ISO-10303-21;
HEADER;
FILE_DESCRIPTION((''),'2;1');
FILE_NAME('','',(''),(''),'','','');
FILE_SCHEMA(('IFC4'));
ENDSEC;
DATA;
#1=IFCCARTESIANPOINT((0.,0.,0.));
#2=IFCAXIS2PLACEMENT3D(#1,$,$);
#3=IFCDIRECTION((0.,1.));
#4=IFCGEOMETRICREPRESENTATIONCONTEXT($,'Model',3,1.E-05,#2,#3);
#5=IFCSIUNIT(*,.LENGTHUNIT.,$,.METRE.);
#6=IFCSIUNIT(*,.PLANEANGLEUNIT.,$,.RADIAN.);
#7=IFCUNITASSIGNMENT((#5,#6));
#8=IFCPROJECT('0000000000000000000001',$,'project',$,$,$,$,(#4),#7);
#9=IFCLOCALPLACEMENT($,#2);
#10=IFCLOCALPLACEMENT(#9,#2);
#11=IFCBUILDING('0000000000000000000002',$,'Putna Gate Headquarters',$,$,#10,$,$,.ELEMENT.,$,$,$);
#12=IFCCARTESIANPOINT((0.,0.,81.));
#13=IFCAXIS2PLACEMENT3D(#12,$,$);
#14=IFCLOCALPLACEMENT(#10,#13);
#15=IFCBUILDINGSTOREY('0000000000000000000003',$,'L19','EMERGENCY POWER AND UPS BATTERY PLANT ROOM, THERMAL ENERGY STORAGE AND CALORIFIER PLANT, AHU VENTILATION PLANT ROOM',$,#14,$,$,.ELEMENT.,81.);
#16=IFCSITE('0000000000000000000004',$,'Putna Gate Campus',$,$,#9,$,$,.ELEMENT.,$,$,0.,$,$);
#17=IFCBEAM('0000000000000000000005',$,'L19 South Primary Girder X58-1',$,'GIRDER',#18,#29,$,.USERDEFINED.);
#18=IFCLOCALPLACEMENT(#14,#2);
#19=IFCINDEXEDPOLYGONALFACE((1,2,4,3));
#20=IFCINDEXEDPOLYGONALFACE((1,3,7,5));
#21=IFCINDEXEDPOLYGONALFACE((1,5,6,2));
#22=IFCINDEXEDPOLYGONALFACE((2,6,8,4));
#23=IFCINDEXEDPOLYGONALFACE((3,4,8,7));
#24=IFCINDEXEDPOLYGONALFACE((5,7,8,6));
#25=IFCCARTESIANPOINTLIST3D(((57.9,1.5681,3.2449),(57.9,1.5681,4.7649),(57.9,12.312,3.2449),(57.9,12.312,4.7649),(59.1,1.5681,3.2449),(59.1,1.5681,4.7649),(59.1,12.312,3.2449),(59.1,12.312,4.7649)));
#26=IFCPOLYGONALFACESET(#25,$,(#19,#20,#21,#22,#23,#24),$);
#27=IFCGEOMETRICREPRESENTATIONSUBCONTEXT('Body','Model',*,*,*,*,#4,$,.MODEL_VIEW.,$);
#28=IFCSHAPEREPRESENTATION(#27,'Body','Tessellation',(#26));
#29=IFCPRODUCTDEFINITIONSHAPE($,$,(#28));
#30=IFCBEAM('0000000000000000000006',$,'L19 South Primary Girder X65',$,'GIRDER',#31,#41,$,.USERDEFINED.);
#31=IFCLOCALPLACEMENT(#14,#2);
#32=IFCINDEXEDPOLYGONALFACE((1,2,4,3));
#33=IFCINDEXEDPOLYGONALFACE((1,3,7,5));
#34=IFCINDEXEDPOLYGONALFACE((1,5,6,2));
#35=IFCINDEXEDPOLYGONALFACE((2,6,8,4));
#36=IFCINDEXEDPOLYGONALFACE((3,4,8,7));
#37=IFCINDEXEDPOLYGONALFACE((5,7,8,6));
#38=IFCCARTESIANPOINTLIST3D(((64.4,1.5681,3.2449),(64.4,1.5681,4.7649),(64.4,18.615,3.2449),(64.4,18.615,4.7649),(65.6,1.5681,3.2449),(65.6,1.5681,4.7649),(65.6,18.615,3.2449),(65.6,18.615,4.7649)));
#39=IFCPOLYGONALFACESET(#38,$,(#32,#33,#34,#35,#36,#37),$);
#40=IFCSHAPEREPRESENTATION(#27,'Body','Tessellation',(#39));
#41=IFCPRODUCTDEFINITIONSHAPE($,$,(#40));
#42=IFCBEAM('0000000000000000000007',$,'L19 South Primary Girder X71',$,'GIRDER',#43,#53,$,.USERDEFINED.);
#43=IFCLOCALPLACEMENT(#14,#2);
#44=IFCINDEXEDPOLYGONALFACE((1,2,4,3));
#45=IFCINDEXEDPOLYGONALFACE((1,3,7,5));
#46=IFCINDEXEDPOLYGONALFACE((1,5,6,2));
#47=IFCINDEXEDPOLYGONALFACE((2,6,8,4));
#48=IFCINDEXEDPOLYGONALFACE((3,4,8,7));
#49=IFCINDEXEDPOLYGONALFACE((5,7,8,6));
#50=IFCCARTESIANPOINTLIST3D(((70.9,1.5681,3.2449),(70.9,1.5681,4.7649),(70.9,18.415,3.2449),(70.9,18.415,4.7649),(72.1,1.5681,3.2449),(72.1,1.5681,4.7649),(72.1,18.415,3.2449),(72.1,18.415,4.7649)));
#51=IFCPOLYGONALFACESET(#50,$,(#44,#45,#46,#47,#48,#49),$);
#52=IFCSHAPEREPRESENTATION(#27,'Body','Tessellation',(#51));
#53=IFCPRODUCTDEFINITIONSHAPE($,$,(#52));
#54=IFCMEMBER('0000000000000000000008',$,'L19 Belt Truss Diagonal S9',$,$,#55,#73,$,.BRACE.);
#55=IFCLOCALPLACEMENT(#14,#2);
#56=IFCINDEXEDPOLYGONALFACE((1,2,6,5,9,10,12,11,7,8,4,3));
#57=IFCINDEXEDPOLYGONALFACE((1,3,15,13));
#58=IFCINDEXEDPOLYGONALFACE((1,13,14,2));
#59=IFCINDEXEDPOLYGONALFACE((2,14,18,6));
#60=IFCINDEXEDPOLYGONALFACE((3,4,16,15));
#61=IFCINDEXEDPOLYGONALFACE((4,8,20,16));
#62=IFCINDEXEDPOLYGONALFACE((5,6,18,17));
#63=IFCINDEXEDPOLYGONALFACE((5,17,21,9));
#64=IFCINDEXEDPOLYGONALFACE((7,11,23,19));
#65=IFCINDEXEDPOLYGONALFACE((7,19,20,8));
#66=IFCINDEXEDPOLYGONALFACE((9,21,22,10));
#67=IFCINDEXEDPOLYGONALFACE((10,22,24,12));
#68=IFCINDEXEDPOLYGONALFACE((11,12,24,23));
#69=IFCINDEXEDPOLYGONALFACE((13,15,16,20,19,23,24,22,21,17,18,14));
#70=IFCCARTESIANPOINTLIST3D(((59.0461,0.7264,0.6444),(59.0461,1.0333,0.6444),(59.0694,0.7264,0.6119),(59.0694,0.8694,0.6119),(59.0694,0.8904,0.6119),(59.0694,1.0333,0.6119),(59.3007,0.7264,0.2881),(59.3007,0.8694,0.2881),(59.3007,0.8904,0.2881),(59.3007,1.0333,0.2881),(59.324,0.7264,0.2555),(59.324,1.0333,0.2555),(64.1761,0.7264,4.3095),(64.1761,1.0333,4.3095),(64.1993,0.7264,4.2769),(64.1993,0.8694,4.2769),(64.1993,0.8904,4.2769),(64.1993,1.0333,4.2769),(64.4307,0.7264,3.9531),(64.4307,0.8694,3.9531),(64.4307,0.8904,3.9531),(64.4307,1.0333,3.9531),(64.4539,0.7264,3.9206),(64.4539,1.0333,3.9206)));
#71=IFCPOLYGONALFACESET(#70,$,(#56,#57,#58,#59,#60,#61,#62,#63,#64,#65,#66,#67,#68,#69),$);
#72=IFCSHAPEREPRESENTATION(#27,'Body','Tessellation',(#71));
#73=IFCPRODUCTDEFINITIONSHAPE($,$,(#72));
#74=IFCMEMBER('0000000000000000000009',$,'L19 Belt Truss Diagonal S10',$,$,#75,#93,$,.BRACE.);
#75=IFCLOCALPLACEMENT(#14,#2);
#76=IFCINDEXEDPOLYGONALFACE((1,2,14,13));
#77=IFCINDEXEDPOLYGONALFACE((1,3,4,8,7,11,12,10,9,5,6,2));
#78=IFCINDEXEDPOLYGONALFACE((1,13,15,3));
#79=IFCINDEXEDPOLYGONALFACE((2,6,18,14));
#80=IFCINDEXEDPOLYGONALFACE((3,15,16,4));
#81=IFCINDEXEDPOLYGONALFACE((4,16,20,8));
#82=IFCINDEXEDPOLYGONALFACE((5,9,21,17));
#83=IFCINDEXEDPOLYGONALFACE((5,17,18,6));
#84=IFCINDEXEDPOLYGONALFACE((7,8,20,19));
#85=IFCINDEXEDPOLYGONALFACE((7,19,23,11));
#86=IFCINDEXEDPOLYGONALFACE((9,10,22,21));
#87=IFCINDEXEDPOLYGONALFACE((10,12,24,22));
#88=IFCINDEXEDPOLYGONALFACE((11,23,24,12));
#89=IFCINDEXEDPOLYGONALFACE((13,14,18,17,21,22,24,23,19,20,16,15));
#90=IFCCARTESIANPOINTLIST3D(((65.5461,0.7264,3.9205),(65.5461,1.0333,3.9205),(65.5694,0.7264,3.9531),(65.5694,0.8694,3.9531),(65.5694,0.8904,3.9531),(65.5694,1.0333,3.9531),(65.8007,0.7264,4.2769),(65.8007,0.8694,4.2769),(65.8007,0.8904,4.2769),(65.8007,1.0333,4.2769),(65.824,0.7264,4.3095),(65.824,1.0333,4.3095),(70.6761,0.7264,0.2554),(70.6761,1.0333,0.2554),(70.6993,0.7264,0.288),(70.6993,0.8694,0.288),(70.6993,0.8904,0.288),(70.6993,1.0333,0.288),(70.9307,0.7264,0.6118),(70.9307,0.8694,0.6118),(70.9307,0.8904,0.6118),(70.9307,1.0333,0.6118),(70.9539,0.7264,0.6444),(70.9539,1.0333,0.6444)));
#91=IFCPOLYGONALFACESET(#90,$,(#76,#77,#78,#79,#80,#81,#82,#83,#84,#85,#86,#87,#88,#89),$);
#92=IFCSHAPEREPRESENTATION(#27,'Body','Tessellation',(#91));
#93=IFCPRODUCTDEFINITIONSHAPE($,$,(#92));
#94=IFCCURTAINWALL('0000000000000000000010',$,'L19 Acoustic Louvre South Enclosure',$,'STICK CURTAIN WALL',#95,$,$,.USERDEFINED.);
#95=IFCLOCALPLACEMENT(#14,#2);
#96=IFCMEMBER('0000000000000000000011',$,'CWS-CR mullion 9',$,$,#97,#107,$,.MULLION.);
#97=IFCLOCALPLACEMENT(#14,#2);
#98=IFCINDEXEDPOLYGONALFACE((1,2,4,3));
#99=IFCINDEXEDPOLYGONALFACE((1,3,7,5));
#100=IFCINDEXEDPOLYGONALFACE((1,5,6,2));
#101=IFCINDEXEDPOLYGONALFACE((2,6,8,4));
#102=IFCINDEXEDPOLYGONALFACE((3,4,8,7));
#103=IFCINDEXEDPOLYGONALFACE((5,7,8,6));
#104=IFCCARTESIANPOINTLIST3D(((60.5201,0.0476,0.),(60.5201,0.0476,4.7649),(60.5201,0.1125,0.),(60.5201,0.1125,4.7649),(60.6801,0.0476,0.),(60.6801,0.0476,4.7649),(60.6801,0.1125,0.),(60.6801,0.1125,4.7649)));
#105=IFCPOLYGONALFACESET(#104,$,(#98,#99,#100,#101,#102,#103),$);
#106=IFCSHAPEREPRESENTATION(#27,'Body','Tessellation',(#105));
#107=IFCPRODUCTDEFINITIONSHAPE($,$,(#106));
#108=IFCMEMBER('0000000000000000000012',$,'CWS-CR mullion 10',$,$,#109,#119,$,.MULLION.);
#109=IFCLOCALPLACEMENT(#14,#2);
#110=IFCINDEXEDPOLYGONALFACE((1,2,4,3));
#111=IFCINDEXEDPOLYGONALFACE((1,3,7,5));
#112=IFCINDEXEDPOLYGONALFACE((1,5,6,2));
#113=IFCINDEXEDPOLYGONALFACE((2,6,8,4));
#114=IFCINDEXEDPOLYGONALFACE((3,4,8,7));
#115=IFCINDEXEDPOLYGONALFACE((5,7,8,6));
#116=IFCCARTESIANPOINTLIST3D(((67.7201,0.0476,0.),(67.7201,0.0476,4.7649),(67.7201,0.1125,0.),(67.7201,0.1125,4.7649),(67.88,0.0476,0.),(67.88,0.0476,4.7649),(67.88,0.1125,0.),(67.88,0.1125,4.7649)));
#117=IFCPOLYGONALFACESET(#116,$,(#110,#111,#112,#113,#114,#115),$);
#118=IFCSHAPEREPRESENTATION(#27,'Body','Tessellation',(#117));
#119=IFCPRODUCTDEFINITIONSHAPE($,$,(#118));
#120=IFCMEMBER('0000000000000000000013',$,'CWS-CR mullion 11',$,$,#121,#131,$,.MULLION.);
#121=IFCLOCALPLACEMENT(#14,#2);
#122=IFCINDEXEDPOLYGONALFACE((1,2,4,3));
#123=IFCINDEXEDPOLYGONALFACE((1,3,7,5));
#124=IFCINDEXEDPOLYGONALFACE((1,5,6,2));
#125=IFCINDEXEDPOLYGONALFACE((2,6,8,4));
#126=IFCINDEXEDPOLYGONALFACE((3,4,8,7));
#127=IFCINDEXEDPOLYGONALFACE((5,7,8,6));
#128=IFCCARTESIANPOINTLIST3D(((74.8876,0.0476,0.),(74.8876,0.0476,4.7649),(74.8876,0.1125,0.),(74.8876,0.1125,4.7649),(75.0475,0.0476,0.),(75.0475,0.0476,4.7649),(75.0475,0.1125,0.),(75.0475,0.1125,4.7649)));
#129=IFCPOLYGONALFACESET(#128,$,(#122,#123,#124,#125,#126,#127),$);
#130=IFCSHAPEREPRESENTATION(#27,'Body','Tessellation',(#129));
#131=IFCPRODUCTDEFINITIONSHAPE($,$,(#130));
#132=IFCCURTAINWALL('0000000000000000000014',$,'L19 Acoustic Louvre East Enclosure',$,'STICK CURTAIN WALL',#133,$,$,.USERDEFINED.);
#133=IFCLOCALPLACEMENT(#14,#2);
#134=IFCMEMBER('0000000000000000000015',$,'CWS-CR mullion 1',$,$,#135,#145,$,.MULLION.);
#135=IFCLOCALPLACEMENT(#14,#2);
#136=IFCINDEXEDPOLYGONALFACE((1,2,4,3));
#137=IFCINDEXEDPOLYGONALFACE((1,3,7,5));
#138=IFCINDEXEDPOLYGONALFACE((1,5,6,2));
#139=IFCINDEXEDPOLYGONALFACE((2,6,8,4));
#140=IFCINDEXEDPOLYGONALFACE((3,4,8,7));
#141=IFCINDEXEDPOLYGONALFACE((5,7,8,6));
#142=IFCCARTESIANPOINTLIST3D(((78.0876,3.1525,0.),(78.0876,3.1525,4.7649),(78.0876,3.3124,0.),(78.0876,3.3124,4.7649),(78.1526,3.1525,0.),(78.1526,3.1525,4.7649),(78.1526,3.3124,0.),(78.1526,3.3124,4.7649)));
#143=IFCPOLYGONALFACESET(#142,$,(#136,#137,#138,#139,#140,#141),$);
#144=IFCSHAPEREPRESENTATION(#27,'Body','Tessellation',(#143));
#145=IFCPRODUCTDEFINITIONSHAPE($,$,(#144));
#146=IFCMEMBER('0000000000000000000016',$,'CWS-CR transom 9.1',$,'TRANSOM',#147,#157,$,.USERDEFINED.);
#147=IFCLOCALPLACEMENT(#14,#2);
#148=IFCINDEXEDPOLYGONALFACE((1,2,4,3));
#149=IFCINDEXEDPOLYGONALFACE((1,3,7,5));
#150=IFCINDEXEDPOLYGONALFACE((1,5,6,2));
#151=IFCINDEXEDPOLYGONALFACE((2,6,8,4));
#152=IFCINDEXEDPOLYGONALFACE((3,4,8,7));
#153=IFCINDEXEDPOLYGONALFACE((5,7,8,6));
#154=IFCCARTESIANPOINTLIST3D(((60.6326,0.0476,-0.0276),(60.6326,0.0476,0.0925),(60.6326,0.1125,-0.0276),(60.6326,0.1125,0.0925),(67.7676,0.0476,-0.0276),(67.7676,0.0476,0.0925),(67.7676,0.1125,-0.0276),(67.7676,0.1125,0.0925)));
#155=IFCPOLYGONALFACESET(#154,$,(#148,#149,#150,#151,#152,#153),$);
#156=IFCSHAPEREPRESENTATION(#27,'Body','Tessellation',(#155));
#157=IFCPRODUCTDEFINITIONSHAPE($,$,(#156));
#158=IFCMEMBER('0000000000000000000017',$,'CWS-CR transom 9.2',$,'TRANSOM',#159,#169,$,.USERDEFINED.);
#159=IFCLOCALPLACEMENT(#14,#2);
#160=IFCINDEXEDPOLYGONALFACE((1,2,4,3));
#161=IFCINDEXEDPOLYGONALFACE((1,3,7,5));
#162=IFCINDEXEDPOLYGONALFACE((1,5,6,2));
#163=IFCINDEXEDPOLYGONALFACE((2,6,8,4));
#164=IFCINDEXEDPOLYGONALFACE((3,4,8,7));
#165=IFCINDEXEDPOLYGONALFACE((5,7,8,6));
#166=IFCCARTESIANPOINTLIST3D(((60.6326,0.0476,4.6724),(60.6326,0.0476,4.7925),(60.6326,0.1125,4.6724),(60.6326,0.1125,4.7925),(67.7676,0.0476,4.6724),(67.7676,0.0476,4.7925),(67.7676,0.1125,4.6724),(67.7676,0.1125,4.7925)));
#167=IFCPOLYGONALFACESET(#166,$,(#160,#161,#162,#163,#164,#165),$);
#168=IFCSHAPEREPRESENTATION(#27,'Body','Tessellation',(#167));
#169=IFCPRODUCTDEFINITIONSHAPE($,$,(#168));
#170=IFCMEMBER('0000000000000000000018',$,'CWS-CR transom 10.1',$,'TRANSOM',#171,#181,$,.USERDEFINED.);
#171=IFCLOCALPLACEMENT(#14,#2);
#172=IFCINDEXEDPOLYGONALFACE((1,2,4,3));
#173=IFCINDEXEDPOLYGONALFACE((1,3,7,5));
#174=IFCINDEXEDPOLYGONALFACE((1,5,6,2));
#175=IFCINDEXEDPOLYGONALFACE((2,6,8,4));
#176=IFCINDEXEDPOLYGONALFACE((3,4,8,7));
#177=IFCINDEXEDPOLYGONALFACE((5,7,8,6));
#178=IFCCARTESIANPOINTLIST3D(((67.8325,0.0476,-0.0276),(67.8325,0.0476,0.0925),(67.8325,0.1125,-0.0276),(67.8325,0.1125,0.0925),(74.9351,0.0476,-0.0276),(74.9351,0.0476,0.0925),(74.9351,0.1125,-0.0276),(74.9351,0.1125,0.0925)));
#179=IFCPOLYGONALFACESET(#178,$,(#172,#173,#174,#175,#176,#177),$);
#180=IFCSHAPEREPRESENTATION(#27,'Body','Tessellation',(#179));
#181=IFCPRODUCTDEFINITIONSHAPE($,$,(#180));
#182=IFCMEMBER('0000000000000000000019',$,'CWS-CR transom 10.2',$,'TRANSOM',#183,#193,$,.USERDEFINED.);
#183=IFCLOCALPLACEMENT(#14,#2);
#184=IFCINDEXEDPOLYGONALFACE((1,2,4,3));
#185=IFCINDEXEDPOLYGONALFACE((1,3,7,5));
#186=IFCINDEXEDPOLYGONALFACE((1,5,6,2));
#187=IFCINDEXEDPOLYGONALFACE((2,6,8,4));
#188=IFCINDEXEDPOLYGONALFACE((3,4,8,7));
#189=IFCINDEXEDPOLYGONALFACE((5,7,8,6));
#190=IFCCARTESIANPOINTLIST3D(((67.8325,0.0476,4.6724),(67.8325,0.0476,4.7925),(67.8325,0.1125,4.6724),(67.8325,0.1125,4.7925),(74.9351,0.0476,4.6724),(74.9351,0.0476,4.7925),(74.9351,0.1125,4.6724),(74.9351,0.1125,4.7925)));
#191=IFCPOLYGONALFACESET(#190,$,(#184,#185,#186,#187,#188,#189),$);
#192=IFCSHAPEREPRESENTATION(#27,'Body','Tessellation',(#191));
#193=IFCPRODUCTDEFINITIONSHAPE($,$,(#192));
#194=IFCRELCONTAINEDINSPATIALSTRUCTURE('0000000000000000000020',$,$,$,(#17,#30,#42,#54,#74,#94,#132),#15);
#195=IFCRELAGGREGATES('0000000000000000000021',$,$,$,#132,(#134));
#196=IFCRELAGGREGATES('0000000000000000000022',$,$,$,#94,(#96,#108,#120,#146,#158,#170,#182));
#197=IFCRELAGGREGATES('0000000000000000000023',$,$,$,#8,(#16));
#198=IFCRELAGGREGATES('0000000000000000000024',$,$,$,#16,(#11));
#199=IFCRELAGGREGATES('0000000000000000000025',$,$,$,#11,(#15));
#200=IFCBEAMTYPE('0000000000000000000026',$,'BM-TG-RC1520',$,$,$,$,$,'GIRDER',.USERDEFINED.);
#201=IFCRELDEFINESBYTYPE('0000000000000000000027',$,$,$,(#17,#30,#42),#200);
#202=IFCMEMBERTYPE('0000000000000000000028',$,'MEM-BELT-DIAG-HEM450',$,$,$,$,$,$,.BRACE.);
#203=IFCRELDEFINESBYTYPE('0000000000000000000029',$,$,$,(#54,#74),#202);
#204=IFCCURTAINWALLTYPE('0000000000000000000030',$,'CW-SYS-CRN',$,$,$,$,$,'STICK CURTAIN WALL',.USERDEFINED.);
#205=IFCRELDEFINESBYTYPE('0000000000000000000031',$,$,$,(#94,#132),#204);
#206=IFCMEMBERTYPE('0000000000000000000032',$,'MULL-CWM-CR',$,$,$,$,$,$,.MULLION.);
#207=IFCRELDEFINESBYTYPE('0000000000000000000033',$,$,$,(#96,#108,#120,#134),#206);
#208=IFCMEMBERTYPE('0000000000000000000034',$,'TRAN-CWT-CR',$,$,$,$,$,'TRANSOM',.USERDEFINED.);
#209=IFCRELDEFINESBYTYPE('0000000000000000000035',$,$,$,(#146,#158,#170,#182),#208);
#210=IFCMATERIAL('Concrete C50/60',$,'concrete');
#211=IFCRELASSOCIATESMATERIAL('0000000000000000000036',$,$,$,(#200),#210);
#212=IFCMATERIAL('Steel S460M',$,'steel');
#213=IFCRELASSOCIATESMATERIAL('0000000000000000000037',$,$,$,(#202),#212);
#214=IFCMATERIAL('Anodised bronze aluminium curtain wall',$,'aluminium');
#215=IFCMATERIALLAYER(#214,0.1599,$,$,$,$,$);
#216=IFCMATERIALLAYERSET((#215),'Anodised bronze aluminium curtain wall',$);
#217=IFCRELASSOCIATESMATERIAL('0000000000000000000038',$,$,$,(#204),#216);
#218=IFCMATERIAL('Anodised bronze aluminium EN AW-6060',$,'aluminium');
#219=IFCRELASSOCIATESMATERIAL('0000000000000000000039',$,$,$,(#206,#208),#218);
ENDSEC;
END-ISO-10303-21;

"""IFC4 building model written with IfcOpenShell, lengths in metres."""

from ifc_helpers import new_model, si_unit, direction, frame, origin, origin_2d, place, context, subcontext, project, spatial, rectangle, i_section, extrude, material, layer, layer_set, material_profile, profile_set, type_object, element, aggregate, save


model = new_model("IFC4")

# Units and contexts
model_context = context("Model", 3, precision=1e-05, world=origin(), true_north=direction((0.0, 1.0)))
body_context = subcontext(model_context, "Body", "Model", "MODEL_VIEW")
ifc_project = project(units=[si_unit("LENGTHUNIT", "METRE"), si_unit("PLANEANGLEUNIT", "RADIAN")], contexts=[model_context])

# Site, building, storey
site_placement = place(None, origin())
site = spatial("IfcSite", under=ifc_project, at=site_placement, Name="Putna Gate Campus", CompositionType="ELEMENT", RefElevation=0.0)
building_placement = place(site_placement, origin())
building = spatial("IfcBuilding", under=site, at=building_placement, Name="Putna Gate Headquarters", CompositionType="ELEMENT")
storey_placement = place(building_placement, frame((0.0, 0.0, 81.0)))
storey = spatial("IfcBuildingStorey", under=building, at=storey_placement, Name="L19", Description="EMERGENCY POWER AND UPS BATTERY PLANT ROOM, THERMAL ENERGY STORAGE AND CALORIFIER PLANT, AHU VENTILATION PLANT ROOM", CompositionType="ELEMENT", Elevation=81.0)

# Beams
ifc_material_1 = material(Name="Concrete C50/60", Category="concrete")
ifc_material_profile_1 = material_profile(ifc_material_1, rectangle(XDim=1.2, YDim=1.52, at=origin_2d()), Name="Concrete C50/60")
ifc_profile_set_1 = profile_set([ifc_material_profile_1], Name="Concrete C50/60")
beam_type_1 = type_object("IfcBeamType", Name="BM-TG-RC1520", ElementType="GIRDER", PredefinedType="USERDEFINED", material=ifc_profile_set_1)
beam_1_placement = place(storey_placement, frame((58.5, 1.5681, 4.0049), z_axis=(0.0, 1.0, 0.0), x_axis=(-1.0, 0.0, 0.0)))
element("IfcBeam", 1, at=beam_1_placement, inside=storey, type_object=beam_type_1, Name="L19 South Primary Girder X58-1", ObjectType="GIRDER", PredefinedType="USERDEFINED", context=body_context, shape_type="SweptSolid", body=[
    extrude(rectangle(XDim=1.2, YDim=1.52, at=origin_2d()), origin(), (0.0, 0.0, 1.0), 10.7439),
])
beam_2_placement = place(storey_placement, frame((65.0, 1.5681, 4.0049), z_axis=(0.0, 1.0, 0.0), x_axis=(-1.0, 0.0, 0.0)))
element("IfcBeam", 2, at=beam_2_placement, inside=storey, type_object=beam_type_1, Name="L19 South Primary Girder X65", ObjectType="GIRDER", PredefinedType="USERDEFINED", context=body_context, shape_type="SweptSolid", body=[
    extrude(rectangle(XDim=1.2, YDim=1.52, at=origin_2d()), origin(), (0.0, 0.0, 1.0), 17.0469),
])
beam_3_placement = place(storey_placement, frame((71.5, 1.5681, 4.0049), z_axis=(0.0, 1.0, 0.0), x_axis=(-1.0, 0.0, 0.0)))
element("IfcBeam", 3, at=beam_3_placement, inside=storey, type_object=beam_type_1, Name="L19 South Primary Girder X71", ObjectType="GIRDER", PredefinedType="USERDEFINED", context=body_context, shape_type="SweptSolid", body=[
    extrude(rectangle(XDim=1.2, YDim=1.52, at=origin_2d()), origin(), (0.0, 0.0, 1.0), 16.8469),
])

# Members
ifc_material_2 = material(Name="Steel S460M", Category="steel")
ifc_material_profile_2 = material_profile(ifc_material_2, i_section(OverallWidth=0.3069, OverallDepth=0.478, WebThickness=0.021, FlangeThickness=0.04, at=origin_2d()), Name="Steel S460M")
ifc_profile_set_2 = profile_set([ifc_material_profile_2], Name="Steel S460M")
member_type_1 = type_object("IfcMemberType", Name="MEM-BELT-DIAG-HEM450", PredefinedType="BRACE", material=ifc_profile_set_2)
for number, where, z_axis, x_axis, name in (
    (4, (59.1851, 0.8799, 0.45), (0.813671, 0.0, 0.581326), (0.0, 1.0, 0.0), "L19 Belt Truss Diagonal S9"),
    (5, (65.6851, 0.8799, 4.115), (0.813671, 0.0, -0.581326), (0.0, 1.0, 0.0), "L19 Belt Truss Diagonal S10"),
):
    element("IfcMember", number, at=place(storey_placement, frame(where, z_axis=z_axis, x_axis=x_axis)), inside=storey, type_object=member_type_1, Name=name, PredefinedType="BRACE", context=body_context, shape_type="SweptSolid", body=[
        extrude(i_section(OverallWidth=0.3069, OverallDepth=0.478, WebThickness=0.021, FlangeThickness=0.04, at=origin_2d()), origin(), (0.0, 0.0, 1.0), 6.3047),
    ])

# Curtain wall, members
ifc_material_3 = material(Name="Anodised bronze aluminium curtain wall", Category="aluminium")
ifc_layer_1 = layer(ifc_material_3, 0.1599)
ifc_layer_set_1 = layer_set([ifc_layer_1], Name="Anodised bronze aluminium curtain wall")
curtain_wall_type = type_object("IfcCurtainWallType", Name="CW-SYS-CRN", ElementType="STICK CURTAIN WALL", PredefinedType="USERDEFINED", material=ifc_layer_set_1)
curtain_wall_1_placement = place(storey_placement, origin())
curtain_wall_1 = element("IfcCurtainWall", 6, at=curtain_wall_1_placement, inside=storey, type_object=curtain_wall_type, Name="L19 Acoustic Louvre South Enclosure", ObjectType="STICK CURTAIN WALL", PredefinedType="USERDEFINED")
ifc_material_4 = material(Name="Anodised bronze aluminium EN AW-6060", Category="aluminium")
ifc_material_profile_3 = material_profile(ifc_material_4, rectangle(XDim=0.0649, YDim=0.1599, at=origin_2d()), Name="Anodised bronze aluminium EN AW-6060")
ifc_profile_set_3 = profile_set([ifc_material_profile_3], Name="Anodised bronze aluminium EN AW-6060")
member_type_2 = type_object("IfcMemberType", Name="MULL-CWM-CR", PredefinedType="MULLION", material=ifc_profile_set_3)
member_1_placement = place(storey_placement, frame((60.6001, 0.0801, 0.0), z_axis=(0.0, 0.0, 1.0), x_axis=(0.0, 1.0, 0.0)))
member_1 = element("IfcMember", 7, at=member_1_placement, type_object=member_type_2, Name="CWS-CR mullion 9", PredefinedType="MULLION", context=body_context, shape_type="SweptSolid", body=[
    extrude(rectangle(XDim=0.0649, YDim=0.1599, at=origin_2d()), origin(), (0.0, 0.0, 1.0), 4.7649),
])
member_2_placement = place(storey_placement, frame((67.8, 0.0801, 0.0), z_axis=(0.0, 0.0, 1.0), x_axis=(0.0, 1.0, 0.0)))
member_2 = element("IfcMember", 8, at=member_2_placement, type_object=member_type_2, Name="CWS-CR mullion 10", PredefinedType="MULLION", context=body_context, shape_type="SweptSolid", body=[
    extrude(rectangle(XDim=0.0649, YDim=0.1599, at=origin_2d()), origin(), (0.0, 0.0, 1.0), 4.7649),
])
member_3_placement = place(storey_placement, frame((74.9675, 0.0801, 0.0), z_axis=(0.0, 0.0, 1.0), x_axis=(0.0, 1.0, 0.0)))
member_3 = element("IfcMember", 9, at=member_3_placement, type_object=member_type_2, Name="CWS-CR mullion 11", PredefinedType="MULLION", context=body_context, shape_type="SweptSolid", body=[
    extrude(rectangle(XDim=0.0649, YDim=0.1599, at=origin_2d()), origin(), (0.0, 0.0, 1.0), 4.7649),
])

# Curtain wall, member
curtain_wall_2_placement = place(storey_placement, origin())
curtain_wall_2 = element("IfcCurtainWall", 10, at=curtain_wall_2_placement, inside=storey, type_object=curtain_wall_type, Name="L19 Acoustic Louvre East Enclosure", ObjectType="STICK CURTAIN WALL", PredefinedType="USERDEFINED")
member_4_placement = place(storey_placement, frame((78.1201, 3.2324, 0.0), z_axis=(0.0, 0.0, 1.0), x_axis=(-1.0, 0.0, 0.0)))
member_4 = element("IfcMember", 11, at=member_4_placement, type_object=member_type_2, Name="CWS-CR mullion 1", PredefinedType="MULLION", context=body_context, shape_type="SweptSolid", body=[
    extrude(rectangle(XDim=0.0649, YDim=0.1599, at=origin_2d()), origin(), (0.0, 0.0, 1.0), 4.7649),
])

# Members
ifc_material_profile_4 = material_profile(ifc_material_4, rectangle(XDim=0.0649, YDim=0.1201, at=origin_2d()), Name="Anodised bronze aluminium EN AW-6060")
ifc_profile_set_4 = profile_set([ifc_material_profile_4], Name="Anodised bronze aluminium EN AW-6060")
member_type_3 = type_object("IfcMemberType", Name="TRAN-CWT-CR", ElementType="TRANSOM", PredefinedType="USERDEFINED", material=ifc_profile_set_4)
member_5_placement = place(storey_placement, frame((60.6326, 0.0801, 0.0325), z_axis=(1.0, 0.0, 0.0), x_axis=(0.0, 1.0, 0.0)))
member_5 = element("IfcMember", 12, at=member_5_placement, type_object=member_type_3, Name="CWS-CR transom 9.1", ObjectType="TRANSOM", PredefinedType="USERDEFINED", context=body_context, shape_type="SweptSolid", body=[
    extrude(rectangle(XDim=0.0649, YDim=0.1201, at=origin_2d()), origin(), (0.0, 0.0, 1.0), 7.135),
])
member_6_placement = place(storey_placement, frame((60.6326, 0.0801, 4.7324), z_axis=(1.0, 0.0, 0.0), x_axis=(0.0, 1.0, 0.0)))
member_6 = element("IfcMember", 13, at=member_6_placement, type_object=member_type_3, Name="CWS-CR transom 9.2", ObjectType="TRANSOM", PredefinedType="USERDEFINED", context=body_context, shape_type="SweptSolid", body=[
    extrude(rectangle(XDim=0.0649, YDim=0.1201, at=origin_2d()), origin(), (0.0, 0.0, 1.0), 7.135),
])
member_7_placement = place(storey_placement, frame((67.8325, 0.0801, 0.0325), z_axis=(1.0, 0.0, 0.0), x_axis=(0.0, 1.0, 0.0)))
member_7 = element("IfcMember", 14, at=member_7_placement, type_object=member_type_3, Name="CWS-CR transom 10.1", ObjectType="TRANSOM", PredefinedType="USERDEFINED", context=body_context, shape_type="SweptSolid", body=[
    extrude(rectangle(XDim=0.0649, YDim=0.1201, at=origin_2d()), origin(), (0.0, 0.0, 1.0), 7.1025),
])
member_8_placement = place(storey_placement, frame((67.8325, 0.0801, 4.7324), z_axis=(1.0, 0.0, 0.0), x_axis=(0.0, 1.0, 0.0)))
member_8 = element("IfcMember", 15, at=member_8_placement, type_object=member_type_3, Name="CWS-CR transom 10.2", ObjectType="TRANSOM", PredefinedType="USERDEFINED", context=body_context, shape_type="SweptSolid", body=[
    extrude(rectangle(XDim=0.0649, YDim=0.1201, at=origin_2d()), origin(), (0.0, 0.0, 1.0), 7.1025),
])
aggregate(curtain_wall_2, [member_4])

aggregate(curtain_wall_1, [member_1, member_2, member_3, member_5, member_6, member_7, member_8])

save(model, "model.ifc")
